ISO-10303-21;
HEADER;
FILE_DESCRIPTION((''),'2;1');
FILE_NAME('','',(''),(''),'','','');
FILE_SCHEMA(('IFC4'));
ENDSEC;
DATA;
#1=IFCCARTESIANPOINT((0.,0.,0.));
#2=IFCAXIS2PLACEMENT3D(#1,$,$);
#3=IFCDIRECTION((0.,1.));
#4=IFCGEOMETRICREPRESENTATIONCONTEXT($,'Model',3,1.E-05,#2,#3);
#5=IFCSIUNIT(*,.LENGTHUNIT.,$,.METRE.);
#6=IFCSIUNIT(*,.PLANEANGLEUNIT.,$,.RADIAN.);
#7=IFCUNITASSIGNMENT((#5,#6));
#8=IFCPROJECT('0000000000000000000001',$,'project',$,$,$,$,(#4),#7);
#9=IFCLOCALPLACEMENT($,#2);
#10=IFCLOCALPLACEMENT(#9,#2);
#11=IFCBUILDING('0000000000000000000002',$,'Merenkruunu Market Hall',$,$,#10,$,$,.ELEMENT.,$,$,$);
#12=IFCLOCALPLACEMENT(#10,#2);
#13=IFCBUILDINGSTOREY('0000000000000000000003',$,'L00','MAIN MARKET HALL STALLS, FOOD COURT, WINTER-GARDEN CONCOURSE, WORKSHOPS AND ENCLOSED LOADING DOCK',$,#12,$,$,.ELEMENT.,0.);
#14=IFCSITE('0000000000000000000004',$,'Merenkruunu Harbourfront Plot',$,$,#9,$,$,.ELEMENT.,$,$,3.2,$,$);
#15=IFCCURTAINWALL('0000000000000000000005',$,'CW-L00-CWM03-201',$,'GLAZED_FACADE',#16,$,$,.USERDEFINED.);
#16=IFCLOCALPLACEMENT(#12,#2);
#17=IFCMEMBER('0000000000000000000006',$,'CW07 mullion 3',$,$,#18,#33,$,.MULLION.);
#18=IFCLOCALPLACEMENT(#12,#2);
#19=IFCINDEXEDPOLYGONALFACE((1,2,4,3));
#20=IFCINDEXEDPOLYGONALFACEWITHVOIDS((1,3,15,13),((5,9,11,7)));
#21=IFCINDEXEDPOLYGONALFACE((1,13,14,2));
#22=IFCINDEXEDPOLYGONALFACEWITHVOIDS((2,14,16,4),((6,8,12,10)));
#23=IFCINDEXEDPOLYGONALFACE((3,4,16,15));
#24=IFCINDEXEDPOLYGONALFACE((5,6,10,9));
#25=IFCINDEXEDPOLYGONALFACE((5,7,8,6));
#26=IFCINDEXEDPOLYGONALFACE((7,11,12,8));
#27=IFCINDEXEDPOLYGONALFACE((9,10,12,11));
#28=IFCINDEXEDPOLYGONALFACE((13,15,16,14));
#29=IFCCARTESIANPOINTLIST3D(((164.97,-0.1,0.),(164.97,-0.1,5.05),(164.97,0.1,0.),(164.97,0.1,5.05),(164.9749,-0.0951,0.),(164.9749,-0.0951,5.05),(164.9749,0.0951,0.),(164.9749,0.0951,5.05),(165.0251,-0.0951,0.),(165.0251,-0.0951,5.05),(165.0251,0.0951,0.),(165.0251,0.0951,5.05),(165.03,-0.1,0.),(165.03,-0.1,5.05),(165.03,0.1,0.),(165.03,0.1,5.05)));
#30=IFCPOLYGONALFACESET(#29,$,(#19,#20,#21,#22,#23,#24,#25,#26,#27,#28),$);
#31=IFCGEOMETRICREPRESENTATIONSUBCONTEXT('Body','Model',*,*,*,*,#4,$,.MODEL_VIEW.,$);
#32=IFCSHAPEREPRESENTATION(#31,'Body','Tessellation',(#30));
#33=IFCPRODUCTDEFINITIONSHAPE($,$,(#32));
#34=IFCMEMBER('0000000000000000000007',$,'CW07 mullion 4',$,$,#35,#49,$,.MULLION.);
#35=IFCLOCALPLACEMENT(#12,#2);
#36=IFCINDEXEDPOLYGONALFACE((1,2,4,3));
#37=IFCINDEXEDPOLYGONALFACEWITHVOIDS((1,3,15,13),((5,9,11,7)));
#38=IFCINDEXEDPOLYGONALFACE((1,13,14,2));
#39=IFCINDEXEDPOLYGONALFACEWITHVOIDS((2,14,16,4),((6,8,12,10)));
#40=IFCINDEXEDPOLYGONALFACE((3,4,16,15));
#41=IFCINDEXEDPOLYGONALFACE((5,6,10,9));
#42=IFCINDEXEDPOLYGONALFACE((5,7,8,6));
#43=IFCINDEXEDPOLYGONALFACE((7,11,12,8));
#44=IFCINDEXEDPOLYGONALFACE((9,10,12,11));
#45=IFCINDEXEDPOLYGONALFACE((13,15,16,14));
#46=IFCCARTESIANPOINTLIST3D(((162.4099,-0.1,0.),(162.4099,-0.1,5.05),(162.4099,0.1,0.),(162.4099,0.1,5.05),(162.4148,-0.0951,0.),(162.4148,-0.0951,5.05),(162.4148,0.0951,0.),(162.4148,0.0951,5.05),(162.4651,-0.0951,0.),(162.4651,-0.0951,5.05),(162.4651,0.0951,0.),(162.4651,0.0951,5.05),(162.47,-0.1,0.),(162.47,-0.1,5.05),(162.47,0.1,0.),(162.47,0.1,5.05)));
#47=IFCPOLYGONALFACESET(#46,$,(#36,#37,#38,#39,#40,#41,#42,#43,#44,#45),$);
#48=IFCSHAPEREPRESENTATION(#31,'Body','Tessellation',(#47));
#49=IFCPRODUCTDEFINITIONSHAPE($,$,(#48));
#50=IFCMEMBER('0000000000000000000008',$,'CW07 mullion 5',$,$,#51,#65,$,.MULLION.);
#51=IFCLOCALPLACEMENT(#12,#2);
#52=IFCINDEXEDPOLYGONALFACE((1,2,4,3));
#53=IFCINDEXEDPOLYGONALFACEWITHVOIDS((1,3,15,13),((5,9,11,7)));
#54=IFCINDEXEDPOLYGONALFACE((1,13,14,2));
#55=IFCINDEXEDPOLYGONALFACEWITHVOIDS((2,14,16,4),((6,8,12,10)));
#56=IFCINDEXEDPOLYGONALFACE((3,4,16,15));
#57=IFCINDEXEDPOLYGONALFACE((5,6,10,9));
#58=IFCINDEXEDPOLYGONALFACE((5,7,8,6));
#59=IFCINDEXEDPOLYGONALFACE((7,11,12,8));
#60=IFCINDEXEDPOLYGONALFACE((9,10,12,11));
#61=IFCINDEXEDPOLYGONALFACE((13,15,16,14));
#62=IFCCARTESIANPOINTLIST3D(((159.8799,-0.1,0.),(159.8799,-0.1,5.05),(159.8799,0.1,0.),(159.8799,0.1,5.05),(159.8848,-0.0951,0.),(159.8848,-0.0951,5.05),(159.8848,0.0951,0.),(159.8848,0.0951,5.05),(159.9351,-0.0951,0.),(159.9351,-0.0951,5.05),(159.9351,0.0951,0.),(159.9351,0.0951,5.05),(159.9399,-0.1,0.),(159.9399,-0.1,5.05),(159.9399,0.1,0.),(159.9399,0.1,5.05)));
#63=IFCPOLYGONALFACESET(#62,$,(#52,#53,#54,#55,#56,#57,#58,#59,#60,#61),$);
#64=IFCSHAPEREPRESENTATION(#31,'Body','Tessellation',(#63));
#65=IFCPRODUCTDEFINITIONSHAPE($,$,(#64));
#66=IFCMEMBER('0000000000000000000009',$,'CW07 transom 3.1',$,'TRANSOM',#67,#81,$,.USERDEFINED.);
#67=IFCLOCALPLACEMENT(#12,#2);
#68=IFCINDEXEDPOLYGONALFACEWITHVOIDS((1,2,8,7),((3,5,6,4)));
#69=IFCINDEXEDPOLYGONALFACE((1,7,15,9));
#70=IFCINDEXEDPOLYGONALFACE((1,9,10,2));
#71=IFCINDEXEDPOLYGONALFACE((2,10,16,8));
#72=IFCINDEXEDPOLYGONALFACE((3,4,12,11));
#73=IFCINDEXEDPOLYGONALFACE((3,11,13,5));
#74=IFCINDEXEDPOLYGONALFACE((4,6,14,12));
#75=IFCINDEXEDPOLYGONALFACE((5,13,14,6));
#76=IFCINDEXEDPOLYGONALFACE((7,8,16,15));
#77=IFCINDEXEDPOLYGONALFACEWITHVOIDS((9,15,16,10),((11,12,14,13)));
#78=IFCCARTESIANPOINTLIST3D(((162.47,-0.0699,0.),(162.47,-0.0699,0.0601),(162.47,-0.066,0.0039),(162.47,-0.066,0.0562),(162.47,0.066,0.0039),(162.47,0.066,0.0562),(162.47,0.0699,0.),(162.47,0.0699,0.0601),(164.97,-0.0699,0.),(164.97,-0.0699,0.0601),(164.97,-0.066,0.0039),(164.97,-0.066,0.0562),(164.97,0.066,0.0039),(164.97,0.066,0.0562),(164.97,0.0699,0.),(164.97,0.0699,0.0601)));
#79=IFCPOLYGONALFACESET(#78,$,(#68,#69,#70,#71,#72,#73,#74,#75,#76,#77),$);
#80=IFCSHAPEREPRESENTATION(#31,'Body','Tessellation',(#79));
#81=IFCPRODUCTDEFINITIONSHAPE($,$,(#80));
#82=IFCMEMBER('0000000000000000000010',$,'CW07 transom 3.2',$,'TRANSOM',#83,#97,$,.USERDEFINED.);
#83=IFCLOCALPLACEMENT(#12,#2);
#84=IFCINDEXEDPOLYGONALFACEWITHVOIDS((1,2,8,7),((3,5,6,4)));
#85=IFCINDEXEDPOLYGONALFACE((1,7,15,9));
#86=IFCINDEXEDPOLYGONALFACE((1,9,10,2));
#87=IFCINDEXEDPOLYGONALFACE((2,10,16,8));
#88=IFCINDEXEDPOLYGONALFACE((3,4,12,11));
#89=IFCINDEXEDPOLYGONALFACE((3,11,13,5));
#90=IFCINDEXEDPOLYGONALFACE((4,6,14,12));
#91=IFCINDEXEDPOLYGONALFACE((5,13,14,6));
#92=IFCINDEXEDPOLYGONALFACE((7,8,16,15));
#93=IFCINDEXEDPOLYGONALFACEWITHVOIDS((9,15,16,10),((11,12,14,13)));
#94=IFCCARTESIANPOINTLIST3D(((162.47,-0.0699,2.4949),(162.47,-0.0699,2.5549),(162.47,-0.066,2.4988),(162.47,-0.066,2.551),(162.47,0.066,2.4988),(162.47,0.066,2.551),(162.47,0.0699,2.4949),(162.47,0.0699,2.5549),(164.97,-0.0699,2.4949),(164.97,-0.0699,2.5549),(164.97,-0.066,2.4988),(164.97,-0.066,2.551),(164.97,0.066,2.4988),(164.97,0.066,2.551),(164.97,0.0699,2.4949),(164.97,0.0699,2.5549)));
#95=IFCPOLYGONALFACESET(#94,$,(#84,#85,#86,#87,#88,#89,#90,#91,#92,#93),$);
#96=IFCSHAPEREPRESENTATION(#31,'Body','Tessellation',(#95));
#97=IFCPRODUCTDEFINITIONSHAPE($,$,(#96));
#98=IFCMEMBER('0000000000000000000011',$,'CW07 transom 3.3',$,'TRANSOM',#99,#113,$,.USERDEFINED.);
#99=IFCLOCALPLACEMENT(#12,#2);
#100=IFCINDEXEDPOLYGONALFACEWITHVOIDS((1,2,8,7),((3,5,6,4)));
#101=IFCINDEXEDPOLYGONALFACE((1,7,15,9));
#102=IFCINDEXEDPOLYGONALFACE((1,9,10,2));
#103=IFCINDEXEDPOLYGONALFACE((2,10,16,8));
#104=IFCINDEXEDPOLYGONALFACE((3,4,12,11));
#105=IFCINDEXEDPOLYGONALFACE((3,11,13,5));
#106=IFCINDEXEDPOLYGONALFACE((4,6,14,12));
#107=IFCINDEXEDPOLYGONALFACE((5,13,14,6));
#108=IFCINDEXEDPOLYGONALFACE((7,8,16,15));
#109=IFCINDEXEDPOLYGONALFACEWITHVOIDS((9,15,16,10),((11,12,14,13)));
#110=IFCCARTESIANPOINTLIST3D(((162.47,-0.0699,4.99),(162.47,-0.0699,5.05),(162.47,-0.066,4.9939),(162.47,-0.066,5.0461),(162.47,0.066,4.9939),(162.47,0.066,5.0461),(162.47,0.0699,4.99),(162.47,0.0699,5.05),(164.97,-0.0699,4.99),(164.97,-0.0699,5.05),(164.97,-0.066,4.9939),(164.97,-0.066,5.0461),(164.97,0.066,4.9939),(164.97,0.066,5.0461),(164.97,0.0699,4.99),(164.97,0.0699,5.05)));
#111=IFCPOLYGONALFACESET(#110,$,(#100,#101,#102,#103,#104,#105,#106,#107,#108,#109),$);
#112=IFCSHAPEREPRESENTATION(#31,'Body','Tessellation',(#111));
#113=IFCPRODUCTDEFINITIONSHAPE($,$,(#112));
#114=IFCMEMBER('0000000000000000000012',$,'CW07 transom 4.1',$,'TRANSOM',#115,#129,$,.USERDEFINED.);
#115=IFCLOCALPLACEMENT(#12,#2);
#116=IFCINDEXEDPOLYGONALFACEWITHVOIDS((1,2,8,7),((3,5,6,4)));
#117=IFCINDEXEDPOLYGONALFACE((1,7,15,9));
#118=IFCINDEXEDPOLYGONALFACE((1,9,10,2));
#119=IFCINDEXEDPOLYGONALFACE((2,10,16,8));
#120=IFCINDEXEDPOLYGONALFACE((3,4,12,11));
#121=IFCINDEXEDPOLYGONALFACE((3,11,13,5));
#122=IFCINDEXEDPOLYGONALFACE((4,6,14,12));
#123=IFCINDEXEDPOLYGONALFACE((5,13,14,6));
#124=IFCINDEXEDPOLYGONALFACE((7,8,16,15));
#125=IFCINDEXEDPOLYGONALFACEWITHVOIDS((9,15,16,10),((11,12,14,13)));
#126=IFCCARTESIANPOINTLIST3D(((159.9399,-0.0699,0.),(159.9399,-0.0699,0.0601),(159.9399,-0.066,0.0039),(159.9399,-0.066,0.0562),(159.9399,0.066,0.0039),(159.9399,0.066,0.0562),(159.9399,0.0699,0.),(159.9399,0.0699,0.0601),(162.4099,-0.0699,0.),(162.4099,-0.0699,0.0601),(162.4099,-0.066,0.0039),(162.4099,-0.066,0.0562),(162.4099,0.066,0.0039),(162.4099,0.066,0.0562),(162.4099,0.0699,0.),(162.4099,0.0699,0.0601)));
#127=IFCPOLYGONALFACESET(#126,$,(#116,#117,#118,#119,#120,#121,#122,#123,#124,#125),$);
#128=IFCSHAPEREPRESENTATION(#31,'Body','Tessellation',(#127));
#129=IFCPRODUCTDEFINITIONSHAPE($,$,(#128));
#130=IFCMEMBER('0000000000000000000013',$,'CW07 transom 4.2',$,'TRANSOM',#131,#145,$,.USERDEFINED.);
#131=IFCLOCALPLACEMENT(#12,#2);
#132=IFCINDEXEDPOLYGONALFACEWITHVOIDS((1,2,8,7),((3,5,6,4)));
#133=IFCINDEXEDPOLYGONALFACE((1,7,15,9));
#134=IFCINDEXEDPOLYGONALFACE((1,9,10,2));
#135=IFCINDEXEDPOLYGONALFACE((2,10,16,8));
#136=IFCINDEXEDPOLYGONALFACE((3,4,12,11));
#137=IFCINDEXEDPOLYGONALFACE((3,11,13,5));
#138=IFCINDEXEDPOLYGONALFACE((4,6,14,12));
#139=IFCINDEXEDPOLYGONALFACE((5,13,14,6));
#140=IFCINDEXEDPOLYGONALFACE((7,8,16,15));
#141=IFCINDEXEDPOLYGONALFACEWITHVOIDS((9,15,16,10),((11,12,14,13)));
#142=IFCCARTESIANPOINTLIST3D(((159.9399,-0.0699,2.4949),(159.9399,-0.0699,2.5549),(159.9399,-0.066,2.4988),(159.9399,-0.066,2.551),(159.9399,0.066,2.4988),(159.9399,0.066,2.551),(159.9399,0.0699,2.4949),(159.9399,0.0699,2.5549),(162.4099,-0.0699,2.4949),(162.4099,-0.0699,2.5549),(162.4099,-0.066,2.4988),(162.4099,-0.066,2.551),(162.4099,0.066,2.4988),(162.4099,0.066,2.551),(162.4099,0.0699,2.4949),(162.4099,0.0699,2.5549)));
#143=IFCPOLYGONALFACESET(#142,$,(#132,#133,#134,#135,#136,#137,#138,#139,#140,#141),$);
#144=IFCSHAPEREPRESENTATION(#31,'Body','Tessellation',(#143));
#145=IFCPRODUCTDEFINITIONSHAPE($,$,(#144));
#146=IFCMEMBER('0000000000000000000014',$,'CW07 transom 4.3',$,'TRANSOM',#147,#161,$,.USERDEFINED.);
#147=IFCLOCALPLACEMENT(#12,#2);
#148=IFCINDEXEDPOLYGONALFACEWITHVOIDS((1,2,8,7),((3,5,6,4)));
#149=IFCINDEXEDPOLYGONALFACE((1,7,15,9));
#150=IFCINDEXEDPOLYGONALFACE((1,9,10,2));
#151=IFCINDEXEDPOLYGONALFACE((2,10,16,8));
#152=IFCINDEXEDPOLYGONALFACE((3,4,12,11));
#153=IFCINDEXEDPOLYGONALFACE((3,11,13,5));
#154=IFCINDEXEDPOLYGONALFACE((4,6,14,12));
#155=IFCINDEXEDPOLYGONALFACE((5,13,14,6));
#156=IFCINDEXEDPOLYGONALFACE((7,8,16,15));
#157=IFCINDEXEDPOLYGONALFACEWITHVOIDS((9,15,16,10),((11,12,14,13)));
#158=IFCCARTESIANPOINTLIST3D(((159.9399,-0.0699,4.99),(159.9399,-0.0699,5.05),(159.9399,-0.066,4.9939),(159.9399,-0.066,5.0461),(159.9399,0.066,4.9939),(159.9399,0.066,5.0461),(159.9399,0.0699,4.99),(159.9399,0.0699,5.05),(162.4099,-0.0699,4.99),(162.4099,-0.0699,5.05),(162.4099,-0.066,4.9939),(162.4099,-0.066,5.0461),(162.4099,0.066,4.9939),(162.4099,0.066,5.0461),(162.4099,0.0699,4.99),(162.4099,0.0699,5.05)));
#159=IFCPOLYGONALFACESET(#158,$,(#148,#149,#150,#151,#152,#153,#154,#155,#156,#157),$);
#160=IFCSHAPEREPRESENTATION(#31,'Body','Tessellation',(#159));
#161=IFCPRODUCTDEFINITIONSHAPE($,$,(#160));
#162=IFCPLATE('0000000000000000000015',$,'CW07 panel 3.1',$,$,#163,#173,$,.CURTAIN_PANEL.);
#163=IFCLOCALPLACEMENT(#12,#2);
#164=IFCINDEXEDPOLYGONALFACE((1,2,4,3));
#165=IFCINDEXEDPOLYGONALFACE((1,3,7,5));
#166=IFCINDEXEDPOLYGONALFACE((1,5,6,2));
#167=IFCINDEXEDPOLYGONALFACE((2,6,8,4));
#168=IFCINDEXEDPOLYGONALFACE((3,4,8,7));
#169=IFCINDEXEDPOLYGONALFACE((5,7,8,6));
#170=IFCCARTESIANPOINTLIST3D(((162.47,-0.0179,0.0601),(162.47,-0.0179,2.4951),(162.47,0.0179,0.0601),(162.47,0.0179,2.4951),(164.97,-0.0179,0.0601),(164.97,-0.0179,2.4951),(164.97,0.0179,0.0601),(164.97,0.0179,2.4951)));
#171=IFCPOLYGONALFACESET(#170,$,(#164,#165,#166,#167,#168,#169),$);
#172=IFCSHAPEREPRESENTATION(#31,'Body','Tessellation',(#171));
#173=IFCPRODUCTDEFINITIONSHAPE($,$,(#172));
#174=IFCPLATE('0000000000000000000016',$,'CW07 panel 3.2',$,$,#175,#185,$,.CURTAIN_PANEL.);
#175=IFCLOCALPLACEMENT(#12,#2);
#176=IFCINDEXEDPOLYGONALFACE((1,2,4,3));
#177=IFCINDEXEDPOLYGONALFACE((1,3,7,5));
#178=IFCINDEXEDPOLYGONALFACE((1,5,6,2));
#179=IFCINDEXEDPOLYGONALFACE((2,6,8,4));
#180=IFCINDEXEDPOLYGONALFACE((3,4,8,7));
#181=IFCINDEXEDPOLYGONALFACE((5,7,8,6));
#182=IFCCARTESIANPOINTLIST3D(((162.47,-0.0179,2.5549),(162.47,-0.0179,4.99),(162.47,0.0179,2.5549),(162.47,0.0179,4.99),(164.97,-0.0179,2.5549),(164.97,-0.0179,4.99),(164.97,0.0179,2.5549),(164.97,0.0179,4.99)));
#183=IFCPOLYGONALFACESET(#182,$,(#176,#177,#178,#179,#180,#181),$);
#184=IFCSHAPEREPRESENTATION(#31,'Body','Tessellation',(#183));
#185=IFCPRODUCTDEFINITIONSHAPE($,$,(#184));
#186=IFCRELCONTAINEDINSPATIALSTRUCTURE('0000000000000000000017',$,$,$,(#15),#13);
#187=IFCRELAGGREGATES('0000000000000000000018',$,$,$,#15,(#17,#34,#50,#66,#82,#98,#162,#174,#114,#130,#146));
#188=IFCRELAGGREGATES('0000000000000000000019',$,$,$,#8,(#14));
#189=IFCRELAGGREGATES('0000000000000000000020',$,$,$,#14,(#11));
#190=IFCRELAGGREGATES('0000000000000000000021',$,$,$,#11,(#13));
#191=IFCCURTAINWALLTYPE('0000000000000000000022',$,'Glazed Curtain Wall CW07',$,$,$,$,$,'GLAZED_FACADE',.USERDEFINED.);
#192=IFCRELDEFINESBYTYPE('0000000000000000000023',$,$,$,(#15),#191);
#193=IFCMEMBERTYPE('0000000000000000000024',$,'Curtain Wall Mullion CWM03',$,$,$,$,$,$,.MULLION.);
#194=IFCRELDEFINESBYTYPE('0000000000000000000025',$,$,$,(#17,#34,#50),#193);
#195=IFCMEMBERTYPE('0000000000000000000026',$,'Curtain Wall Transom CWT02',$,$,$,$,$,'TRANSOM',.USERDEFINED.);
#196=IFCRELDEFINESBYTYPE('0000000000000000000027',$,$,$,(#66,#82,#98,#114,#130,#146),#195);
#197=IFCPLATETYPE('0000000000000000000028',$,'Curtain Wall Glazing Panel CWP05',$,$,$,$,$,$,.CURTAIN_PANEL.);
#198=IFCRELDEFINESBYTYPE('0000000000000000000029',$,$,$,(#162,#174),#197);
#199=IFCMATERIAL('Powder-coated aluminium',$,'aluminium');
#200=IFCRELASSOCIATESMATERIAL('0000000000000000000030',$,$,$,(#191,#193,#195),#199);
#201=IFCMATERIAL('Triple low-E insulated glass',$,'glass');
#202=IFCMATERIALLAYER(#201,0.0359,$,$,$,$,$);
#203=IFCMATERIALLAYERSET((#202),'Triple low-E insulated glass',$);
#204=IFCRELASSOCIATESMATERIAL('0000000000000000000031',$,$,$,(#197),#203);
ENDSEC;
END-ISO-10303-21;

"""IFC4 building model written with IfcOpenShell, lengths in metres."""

from ifc_helpers import new_model, si_unit, direction, frame, origin, origin_2d, place, context, subcontext, project, spatial, rectangle, hollow_rectangle, extrude, material, layer, layer_set, material_profile, profile_set, type_object, element, aggregate, save


model = new_model("IFC4")

# Units and contexts
model_context = context("Model", 3, precision=1e-05, world=origin(), true_north=direction((0.0, 1.0)))
body_context = subcontext(model_context, "Body", "Model", "MODEL_VIEW")
ifc_project = project(units=[si_unit("LENGTHUNIT", "METRE"), si_unit("PLANEANGLEUNIT", "RADIAN")], contexts=[model_context])

# Site, building, storey
site_placement = place(None, origin())
site = spatial("IfcSite", under=ifc_project, at=site_placement, Name="Merenkruunu Harbourfront Plot", CompositionType="ELEMENT", RefElevation=3.2)
building_placement = place(site_placement, origin())
building = spatial("IfcBuilding", under=site, at=building_placement, Name="Merenkruunu Market Hall", CompositionType="ELEMENT")
storey_placement = place(building_placement, origin())
storey = spatial("IfcBuildingStorey", under=building, at=storey_placement, Name="L00", Description="MAIN MARKET HALL STALLS, FOOD COURT, WINTER-GARDEN CONCOURSE, WORKSHOPS AND ENCLOSED LOADING DOCK", CompositionType="ELEMENT", Elevation=0.0)

# Curtain wall, members, plates
ifc_material_1 = material(Name="Powder-coated aluminium", Category="aluminium")
curtain_wall_type = type_object("IfcCurtainWallType", Name="Glazed Curtain Wall CW07", ElementType="GLAZED_FACADE", PredefinedType="USERDEFINED", material=ifc_material_1)
curtain_wall_placement = place(storey_placement, origin())
curtain_wall = element("IfcCurtainWall", 1, at=curtain_wall_placement, inside=storey, type_object=curtain_wall_type, Name="CW-L00-CWM03-201", ObjectType="GLAZED_FACADE", PredefinedType="USERDEFINED")
ifc_material_profile_1 = material_profile(ifc_material_1, hollow_rectangle(XDim=0.0601, YDim=0.2, WallThickness=0.0049, at=origin_2d()), Name="ALU 60x200x5")
ifc_profile_set_1 = profile_set([ifc_material_profile_1], Name="Powder-coated aluminium")
member_type_1 = type_object("IfcMemberType", Name="Curtain Wall Mullion CWM03", PredefinedType="MULLION", material=ifc_profile_set_1)
member_1_placement = place(storey_placement, frame((165.0, 0.0, 0.0), z_axis=(0.0, 0.0, 1.0), x_axis=(-1.0, 0.0, 0.0)))
member_1 = element("IfcMember", 2, at=member_1_placement, type_object=member_type_1, Name="CW07 mullion 3", PredefinedType="MULLION", context=body_context, shape_type="SweptSolid", body=[
    extrude(hollow_rectangle(XDim=0.0601, YDim=0.2, WallThickness=0.0049, at=origin_2d()), origin(), (0.0, 0.0, 1.0), 5.05),
])
member_2_placement = place(storey_placement, frame((162.4399, 0.0, 0.0), z_axis=(0.0, 0.0, 1.0), x_axis=(-1.0, 0.0, 0.0)))
member_2 = element("IfcMember", 3, at=member_2_placement, type_object=member_type_1, Name="CW07 mullion 4", PredefinedType="MULLION", context=body_context, shape_type="SweptSolid", body=[
    extrude(hollow_rectangle(XDim=0.0601, YDim=0.2, WallThickness=0.0049, at=origin_2d()), origin(), (0.0, 0.0, 1.0), 5.05),
])
member_3_placement = place(storey_placement, frame((159.9099, 0.0, 0.0), z_axis=(0.0, 0.0, 1.0), x_axis=(-1.0, 0.0, 0.0)))
member_3 = element("IfcMember", 4, at=member_3_placement, type_object=member_type_1, Name="CW07 mullion 5", PredefinedType="MULLION", context=body_context, shape_type="SweptSolid", body=[
    extrude(hollow_rectangle(XDim=0.0601, YDim=0.2, WallThickness=0.0049, at=origin_2d()), origin(), (0.0, 0.0, 1.0), 5.05),
])
ifc_material_profile_2 = material_profile(ifc_material_1, hollow_rectangle(XDim=0.0601, YDim=0.1399, WallThickness=0.0039, at=origin_2d()), Name="ALU 60x140x4")
ifc_profile_set_2 = profile_set([ifc_material_profile_2], Name="Powder-coated aluminium")
member_type_2 = type_object("IfcMemberType", Name="Curtain Wall Transom CWT02", ElementType="TRANSOM", PredefinedType="USERDEFINED", material=ifc_profile_set_2)
member_4_placement = place(storey_placement, frame((164.97, 0.0, 0.03), z_axis=(-1.0, 0.0, 0.0), x_axis=(0.0, 0.0, 1.0)))
member_4 = element("IfcMember", 5, at=member_4_placement, type_object=member_type_2, Name="CW07 transom 3.1", ObjectType="TRANSOM", PredefinedType="USERDEFINED", context=body_context, shape_type="SweptSolid", body=[
    extrude(hollow_rectangle(XDim=0.0601, YDim=0.1399, WallThickness=0.0039, at=origin_2d()), origin(), (0.0, 0.0, 1.0), 2.5),
])
member_5_placement = place(storey_placement, frame((164.97, 0.0, 2.5249), z_axis=(-1.0, 0.0, 0.0), x_axis=(0.0, 0.0, 1.0)))
member_5 = element("IfcMember", 6, at=member_5_placement, type_object=member_type_2, Name="CW07 transom 3.2", ObjectType="TRANSOM", PredefinedType="USERDEFINED", context=body_context, shape_type="SweptSolid", body=[
    extrude(hollow_rectangle(XDim=0.0601, YDim=0.1399, WallThickness=0.0039, at=origin_2d()), origin(), (0.0, 0.0, 1.0), 2.5),
])
member_6_placement = place(storey_placement, frame((164.97, 0.0, 5.02), z_axis=(-1.0, 0.0, 0.0), x_axis=(0.0, 0.0, 1.0)))
member_6 = element("IfcMember", 7, at=member_6_placement, type_object=member_type_2, Name="CW07 transom 3.3", ObjectType="TRANSOM", PredefinedType="USERDEFINED", context=body_context, shape_type="SweptSolid", body=[
    extrude(hollow_rectangle(XDim=0.0601, YDim=0.1399, WallThickness=0.0039, at=origin_2d()), origin(), (0.0, 0.0, 1.0), 2.5),
])
member_7_placement = place(storey_placement, frame((162.4099, 0.0, 0.03), z_axis=(-1.0, 0.0, 0.0), x_axis=(0.0, 0.0, 1.0)))
member_7 = element("IfcMember", 8, at=member_7_placement, type_object=member_type_2, Name="CW07 transom 4.1", ObjectType="TRANSOM", PredefinedType="USERDEFINED", context=body_context, shape_type="SweptSolid", body=[
    extrude(hollow_rectangle(XDim=0.0601, YDim=0.1399, WallThickness=0.0039, at=origin_2d()), origin(), (0.0, 0.0, 1.0), 2.47),
])
member_8_placement = place(storey_placement, frame((162.4099, 0.0, 2.5249), z_axis=(-1.0, 0.0, 0.0), x_axis=(0.0, 0.0, 1.0)))
member_8 = element("IfcMember", 9, at=member_8_placement, type_object=member_type_2, Name="CW07 transom 4.2", ObjectType="TRANSOM", PredefinedType="USERDEFINED", context=body_context, shape_type="SweptSolid", body=[
    extrude(hollow_rectangle(XDim=0.0601, YDim=0.1399, WallThickness=0.0039, at=origin_2d()), origin(), (0.0, 0.0, 1.0), 2.47),
])
member_9_placement = place(storey_placement, frame((162.4099, 0.0, 5.02), z_axis=(-1.0, 0.0, 0.0), x_axis=(0.0, 0.0, 1.0)))
member_9 = element("IfcMember", 10, at=member_9_placement, type_object=member_type_2, Name="CW07 transom 4.3", ObjectType="TRANSOM", PredefinedType="USERDEFINED", context=body_context, shape_type="SweptSolid", body=[
    extrude(hollow_rectangle(XDim=0.0601, YDim=0.1399, WallThickness=0.0039, at=origin_2d()), origin(), (0.0, 0.0, 1.0), 2.47),
])
ifc_material_2 = material(Name="Triple low-E insulated glass", Category="glass")
ifc_layer_1 = layer(ifc_material_2, 0.0359)
ifc_layer_set_1 = layer_set([ifc_layer_1], Name="Triple low-E insulated glass")
plate_type = type_object("IfcPlateType", Name="Curtain Wall Glazing Panel CWP05", PredefinedType="CURTAIN_PANEL", material=ifc_layer_set_1)
plate_1_placement = place(storey_placement, frame((163.72, 0.0, 0.0601), z_axis=(0.0, 0.0, 1.0), x_axis=(-1.0, 0.0, 0.0)))
plate_1 = element("IfcPlate", 11, at=plate_1_placement, type_object=plate_type, Name="CW07 panel 3.1", PredefinedType="CURTAIN_PANEL", context=body_context, shape_type="SweptSolid", body=[
    extrude(rectangle(XDim=2.5, YDim=0.0359, at=origin_2d()), origin(), (0.0, 0.0, 1.0), 2.4351),
])
plate_2_placement = place(storey_placement, frame((163.72, 0.0, 2.5549), z_axis=(0.0, 0.0, 1.0), x_axis=(-1.0, 0.0, 0.0)))
plate_2 = element("IfcPlate", 12, at=plate_2_placement, type_object=plate_type, Name="CW07 panel 3.2", PredefinedType="CURTAIN_PANEL", context=body_context, shape_type="SweptSolid", body=[
    extrude(rectangle(XDim=2.5, YDim=0.0359, at=origin_2d()), origin(), (0.0, 0.0, 1.0), 2.4351),
])
aggregate(curtain_wall, [member_1, member_2, member_3, member_4, member_5, member_6, plate_1, plate_2, member_7, member_8, member_9])

save(model, "model.ifc")
